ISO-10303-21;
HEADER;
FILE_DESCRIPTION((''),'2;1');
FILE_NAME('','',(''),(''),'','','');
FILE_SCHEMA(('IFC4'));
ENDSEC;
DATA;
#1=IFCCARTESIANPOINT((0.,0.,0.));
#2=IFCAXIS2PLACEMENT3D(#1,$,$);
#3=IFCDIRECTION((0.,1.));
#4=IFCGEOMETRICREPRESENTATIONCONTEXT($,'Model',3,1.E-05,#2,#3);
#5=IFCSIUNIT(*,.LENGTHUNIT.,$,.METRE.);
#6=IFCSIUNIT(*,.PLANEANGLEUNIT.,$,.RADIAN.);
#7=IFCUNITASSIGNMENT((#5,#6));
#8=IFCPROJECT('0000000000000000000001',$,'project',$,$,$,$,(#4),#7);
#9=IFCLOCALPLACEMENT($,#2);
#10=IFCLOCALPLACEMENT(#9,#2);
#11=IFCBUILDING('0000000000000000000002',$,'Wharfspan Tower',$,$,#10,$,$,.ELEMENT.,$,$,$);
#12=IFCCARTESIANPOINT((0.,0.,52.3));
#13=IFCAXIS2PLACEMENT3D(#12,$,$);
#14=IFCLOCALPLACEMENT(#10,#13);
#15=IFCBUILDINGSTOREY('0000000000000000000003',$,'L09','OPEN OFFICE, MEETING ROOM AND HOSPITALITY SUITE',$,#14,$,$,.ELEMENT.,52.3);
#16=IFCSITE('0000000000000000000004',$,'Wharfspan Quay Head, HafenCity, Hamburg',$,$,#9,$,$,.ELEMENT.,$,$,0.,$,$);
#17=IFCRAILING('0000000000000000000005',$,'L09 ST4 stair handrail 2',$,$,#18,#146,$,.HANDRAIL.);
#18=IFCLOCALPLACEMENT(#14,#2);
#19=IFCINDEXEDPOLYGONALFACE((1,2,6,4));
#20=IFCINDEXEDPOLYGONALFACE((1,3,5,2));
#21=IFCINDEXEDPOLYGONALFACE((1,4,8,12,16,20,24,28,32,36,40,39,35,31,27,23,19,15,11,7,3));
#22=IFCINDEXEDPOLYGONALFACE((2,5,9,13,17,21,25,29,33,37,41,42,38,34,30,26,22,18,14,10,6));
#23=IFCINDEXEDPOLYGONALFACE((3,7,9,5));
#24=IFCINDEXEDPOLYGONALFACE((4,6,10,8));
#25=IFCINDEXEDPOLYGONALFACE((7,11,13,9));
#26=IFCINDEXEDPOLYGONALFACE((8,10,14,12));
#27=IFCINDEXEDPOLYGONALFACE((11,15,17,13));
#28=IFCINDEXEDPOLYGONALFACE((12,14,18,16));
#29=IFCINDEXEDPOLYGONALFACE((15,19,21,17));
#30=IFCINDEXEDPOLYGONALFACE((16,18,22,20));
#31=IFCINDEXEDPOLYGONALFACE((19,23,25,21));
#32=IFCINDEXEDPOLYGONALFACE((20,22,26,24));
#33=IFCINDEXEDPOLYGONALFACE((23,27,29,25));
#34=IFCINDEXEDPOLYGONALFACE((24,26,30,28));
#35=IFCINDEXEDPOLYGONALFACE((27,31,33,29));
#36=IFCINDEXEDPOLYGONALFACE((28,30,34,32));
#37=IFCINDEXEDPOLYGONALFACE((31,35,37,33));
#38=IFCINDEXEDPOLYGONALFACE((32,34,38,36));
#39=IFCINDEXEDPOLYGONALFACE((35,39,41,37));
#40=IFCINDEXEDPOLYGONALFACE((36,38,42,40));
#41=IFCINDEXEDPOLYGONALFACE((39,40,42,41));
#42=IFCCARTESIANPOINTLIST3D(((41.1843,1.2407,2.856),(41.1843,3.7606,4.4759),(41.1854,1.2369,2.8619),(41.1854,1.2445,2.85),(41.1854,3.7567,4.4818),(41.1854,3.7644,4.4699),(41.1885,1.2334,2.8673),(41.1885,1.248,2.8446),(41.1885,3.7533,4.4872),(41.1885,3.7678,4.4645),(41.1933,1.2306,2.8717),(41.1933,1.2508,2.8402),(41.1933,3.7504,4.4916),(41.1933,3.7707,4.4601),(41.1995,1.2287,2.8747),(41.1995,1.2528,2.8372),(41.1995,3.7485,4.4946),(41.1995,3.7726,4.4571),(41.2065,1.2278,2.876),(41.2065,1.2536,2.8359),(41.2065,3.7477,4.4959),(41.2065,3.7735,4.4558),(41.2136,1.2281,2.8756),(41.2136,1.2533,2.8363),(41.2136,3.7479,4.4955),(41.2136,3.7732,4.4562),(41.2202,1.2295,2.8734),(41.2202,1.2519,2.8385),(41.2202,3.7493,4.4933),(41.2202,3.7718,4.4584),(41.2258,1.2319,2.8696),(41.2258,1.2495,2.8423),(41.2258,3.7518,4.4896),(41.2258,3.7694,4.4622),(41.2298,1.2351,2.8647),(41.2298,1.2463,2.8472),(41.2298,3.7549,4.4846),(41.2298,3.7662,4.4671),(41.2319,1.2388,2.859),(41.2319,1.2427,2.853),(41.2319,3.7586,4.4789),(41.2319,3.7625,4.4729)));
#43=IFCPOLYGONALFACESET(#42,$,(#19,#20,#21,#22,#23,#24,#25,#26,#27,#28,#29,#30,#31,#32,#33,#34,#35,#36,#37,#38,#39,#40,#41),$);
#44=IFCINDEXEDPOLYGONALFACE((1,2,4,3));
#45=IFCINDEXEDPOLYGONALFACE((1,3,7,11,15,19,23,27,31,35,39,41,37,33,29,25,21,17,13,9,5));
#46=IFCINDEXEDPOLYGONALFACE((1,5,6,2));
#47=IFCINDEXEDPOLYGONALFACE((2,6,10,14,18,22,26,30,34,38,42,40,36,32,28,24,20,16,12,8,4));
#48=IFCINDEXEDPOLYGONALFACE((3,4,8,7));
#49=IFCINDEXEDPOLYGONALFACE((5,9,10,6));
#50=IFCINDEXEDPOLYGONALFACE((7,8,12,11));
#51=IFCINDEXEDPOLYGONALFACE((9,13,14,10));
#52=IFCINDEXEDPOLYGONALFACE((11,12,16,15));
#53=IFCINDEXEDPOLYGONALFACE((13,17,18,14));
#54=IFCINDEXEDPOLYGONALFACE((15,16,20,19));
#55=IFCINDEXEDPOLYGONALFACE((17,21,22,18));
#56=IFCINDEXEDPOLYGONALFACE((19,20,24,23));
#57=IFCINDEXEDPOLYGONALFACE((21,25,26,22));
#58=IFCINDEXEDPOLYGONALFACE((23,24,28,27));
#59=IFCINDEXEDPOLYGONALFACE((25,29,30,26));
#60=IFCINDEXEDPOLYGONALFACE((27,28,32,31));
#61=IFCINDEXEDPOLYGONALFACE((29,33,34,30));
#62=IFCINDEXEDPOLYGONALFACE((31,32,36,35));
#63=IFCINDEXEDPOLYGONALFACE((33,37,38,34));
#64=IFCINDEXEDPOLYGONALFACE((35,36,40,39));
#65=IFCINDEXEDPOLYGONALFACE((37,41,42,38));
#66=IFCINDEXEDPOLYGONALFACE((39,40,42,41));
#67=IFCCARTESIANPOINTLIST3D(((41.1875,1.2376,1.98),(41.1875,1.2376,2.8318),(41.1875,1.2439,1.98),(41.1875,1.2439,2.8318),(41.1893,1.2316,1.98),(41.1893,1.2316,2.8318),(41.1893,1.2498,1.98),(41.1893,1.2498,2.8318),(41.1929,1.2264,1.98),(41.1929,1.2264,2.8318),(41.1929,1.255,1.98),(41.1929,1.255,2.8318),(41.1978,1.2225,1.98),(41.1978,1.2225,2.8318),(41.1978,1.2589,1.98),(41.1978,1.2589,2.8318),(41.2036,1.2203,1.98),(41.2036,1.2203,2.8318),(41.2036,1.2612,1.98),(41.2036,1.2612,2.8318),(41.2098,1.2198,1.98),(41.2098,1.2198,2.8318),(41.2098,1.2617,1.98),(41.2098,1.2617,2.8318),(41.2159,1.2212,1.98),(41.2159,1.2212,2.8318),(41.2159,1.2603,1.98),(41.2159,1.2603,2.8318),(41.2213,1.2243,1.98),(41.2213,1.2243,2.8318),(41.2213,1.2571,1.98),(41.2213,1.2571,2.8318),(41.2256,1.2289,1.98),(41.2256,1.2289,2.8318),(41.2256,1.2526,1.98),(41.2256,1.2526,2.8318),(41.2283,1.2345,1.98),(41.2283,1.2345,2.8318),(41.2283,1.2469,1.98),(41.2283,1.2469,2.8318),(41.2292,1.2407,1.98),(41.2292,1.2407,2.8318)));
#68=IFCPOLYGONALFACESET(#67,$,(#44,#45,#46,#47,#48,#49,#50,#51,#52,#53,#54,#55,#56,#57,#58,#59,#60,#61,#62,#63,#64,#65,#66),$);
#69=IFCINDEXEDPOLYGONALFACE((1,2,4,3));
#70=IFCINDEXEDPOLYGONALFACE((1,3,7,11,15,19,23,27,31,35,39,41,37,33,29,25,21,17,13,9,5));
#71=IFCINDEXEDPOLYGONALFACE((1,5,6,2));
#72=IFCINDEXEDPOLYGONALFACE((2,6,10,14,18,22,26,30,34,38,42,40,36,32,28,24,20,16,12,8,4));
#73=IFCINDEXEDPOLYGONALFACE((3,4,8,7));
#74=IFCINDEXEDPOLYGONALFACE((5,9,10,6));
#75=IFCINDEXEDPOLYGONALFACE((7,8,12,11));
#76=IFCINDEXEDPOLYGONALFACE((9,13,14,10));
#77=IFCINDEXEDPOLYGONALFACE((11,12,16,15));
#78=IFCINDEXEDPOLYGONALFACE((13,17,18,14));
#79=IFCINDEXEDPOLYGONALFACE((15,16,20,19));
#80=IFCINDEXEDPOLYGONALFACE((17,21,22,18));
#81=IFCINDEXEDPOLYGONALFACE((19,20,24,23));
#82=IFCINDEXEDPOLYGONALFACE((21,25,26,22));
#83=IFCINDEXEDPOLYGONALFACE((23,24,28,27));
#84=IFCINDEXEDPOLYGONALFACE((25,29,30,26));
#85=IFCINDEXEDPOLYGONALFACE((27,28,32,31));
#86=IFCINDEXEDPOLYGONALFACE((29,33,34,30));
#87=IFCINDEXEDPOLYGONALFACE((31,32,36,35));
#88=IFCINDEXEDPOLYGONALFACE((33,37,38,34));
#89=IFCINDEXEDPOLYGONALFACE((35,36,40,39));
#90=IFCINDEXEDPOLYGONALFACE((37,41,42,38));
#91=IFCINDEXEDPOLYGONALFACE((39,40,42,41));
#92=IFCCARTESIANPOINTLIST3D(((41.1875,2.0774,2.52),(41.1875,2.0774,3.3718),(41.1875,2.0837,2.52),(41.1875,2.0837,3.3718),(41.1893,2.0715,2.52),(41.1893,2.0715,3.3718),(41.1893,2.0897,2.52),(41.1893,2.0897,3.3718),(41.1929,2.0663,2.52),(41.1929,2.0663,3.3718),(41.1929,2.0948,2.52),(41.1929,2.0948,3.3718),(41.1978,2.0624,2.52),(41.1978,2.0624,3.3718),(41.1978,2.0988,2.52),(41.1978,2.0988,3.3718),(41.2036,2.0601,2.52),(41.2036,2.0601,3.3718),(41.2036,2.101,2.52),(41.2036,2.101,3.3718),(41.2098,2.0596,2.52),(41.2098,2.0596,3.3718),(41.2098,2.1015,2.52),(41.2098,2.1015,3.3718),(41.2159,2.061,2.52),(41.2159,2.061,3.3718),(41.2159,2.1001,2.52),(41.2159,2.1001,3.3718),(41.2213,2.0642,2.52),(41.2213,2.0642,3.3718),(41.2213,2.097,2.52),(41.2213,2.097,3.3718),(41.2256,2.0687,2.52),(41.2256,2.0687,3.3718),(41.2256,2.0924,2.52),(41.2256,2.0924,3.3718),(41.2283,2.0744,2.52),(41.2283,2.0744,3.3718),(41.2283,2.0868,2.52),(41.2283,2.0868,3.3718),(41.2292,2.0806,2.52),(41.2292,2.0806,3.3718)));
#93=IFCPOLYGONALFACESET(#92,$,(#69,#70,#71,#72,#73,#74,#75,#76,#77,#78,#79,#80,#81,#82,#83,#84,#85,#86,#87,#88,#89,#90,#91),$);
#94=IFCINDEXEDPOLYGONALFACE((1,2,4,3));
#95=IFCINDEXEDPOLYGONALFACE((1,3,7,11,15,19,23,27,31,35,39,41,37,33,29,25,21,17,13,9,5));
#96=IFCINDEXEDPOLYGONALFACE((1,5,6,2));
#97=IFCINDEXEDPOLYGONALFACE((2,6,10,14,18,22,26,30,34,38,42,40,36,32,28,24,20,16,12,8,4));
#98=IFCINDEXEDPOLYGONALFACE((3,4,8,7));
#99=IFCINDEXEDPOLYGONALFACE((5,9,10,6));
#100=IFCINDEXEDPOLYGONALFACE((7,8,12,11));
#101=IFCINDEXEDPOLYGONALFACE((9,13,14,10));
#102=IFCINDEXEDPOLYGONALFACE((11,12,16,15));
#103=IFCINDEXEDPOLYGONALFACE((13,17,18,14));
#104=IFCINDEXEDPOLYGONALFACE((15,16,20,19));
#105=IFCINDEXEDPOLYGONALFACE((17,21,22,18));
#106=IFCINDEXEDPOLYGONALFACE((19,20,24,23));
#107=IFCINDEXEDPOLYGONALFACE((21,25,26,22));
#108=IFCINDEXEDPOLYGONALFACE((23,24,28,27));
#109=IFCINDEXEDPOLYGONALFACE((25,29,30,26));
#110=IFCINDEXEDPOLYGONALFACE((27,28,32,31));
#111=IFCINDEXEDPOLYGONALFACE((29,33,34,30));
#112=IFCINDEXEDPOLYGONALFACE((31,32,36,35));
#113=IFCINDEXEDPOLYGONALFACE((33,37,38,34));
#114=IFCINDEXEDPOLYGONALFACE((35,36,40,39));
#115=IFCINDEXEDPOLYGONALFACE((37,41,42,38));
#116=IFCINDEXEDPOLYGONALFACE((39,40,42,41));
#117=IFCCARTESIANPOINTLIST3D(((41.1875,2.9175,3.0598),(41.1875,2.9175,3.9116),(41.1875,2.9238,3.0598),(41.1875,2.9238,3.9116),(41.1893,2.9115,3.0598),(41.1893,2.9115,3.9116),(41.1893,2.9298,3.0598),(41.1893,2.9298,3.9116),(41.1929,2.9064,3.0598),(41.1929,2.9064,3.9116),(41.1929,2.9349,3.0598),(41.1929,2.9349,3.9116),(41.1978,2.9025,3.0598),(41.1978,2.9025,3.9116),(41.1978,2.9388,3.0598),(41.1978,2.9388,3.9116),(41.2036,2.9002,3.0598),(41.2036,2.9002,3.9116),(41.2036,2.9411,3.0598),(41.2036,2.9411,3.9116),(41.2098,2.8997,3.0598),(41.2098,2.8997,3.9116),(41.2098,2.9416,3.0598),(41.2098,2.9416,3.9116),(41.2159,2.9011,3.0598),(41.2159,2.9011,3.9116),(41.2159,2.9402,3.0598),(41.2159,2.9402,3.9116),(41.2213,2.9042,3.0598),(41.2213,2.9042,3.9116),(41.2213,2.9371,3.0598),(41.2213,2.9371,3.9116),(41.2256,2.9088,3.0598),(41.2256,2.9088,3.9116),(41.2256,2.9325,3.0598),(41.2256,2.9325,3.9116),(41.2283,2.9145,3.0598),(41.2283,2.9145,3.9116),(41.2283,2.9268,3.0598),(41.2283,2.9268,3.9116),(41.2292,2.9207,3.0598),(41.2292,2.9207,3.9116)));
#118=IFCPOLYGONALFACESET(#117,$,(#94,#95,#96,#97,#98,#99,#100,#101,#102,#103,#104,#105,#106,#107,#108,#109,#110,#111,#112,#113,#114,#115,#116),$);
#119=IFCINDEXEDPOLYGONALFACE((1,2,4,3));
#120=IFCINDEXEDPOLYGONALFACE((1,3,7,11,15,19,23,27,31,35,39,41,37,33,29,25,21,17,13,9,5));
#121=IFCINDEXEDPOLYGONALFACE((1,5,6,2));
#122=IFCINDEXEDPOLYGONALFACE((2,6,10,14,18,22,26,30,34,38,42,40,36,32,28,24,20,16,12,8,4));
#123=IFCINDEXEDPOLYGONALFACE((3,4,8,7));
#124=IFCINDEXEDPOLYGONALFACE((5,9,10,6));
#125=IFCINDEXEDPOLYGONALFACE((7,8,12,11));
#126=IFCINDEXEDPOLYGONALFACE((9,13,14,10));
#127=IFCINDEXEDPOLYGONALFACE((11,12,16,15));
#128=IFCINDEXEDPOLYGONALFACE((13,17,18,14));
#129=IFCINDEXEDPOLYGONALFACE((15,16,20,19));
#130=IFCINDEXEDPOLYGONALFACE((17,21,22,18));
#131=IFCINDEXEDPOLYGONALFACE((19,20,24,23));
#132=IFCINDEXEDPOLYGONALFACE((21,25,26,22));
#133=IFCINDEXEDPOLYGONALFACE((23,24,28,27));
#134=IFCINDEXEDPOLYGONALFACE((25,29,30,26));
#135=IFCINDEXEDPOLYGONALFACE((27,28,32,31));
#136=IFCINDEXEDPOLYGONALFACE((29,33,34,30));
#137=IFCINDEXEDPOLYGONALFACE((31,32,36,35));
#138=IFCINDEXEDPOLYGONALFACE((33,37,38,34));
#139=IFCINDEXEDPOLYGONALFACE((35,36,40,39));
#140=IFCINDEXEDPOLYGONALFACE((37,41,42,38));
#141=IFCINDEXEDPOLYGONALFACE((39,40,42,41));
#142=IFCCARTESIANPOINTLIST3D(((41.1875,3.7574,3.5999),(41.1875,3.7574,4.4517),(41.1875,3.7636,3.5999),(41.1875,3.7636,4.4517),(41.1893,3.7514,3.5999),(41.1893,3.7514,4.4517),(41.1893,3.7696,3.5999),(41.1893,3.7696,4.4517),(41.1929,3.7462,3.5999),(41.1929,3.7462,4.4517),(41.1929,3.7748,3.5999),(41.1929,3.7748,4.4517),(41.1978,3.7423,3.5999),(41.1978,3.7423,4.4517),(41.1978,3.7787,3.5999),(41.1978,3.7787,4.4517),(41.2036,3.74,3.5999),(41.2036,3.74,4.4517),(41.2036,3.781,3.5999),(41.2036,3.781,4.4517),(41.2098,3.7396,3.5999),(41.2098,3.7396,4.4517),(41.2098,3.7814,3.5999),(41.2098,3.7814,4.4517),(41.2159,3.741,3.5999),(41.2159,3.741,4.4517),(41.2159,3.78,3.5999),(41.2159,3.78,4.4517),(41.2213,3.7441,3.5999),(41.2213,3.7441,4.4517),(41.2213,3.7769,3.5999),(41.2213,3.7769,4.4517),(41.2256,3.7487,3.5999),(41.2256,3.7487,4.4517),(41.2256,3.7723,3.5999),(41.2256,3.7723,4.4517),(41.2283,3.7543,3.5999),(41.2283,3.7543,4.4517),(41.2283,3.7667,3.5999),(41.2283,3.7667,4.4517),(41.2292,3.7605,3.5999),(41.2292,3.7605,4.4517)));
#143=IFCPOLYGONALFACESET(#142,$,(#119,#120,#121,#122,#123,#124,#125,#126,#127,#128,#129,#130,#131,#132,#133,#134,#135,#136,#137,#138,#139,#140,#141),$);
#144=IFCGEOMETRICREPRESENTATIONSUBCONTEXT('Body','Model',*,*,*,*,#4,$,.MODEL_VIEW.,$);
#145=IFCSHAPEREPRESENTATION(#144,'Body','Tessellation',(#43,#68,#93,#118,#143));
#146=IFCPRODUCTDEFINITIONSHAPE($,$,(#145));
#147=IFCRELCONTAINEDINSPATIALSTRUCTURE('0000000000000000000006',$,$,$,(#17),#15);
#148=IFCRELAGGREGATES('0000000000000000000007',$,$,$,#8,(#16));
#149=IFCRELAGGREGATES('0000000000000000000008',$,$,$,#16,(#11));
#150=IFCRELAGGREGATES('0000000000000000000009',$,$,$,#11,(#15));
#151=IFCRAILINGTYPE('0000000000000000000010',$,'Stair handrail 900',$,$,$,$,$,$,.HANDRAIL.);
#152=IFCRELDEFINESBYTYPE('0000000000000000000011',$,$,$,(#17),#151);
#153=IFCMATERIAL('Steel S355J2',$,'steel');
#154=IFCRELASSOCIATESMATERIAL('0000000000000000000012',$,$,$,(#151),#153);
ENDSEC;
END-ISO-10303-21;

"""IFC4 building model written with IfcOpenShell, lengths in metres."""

from ifc_helpers import new_model, si_unit, direction, frame, origin, origin_2d, place, context, subcontext, project, spatial, circle, extrude, material, type_object, element, save


model = new_model("IFC4")

# Units and contexts
model_context = context("Model", 3, precision=1e-05, world=origin(), true_north=direction((0.0, 1.0)))
body_context = subcontext(model_context, "Body", "Model", "MODEL_VIEW")
ifc_project = project(units=[si_unit("LENGTHUNIT", "METRE"), si_unit("PLANEANGLEUNIT", "RADIAN")], contexts=[model_context])

# Site, building, storey
site_placement = place(None, origin())
site = spatial("IfcSite", under=ifc_project, at=site_placement, Name="Wharfspan Quay Head, HafenCity, Hamburg", CompositionType="ELEMENT", RefElevation=0.0)
building_placement = place(site_placement, origin())
building = spatial("IfcBuilding", under=site, at=building_placement, Name="Wharfspan Tower", CompositionType="ELEMENT")
storey_placement = place(building_placement, frame((0.0, 0.0, 52.3)))
storey = spatial("IfcBuildingStorey", under=building, at=storey_placement, Name="L09", Description="OPEN OFFICE, MEETING ROOM AND HOSPITALITY SUITE", CompositionType="ELEMENT", Elevation=52.3)

# Shared definitions
ifc_material_1 = material(Name="Steel S355J2", Category="steel")

# Railing
railing_type = type_object("IfcRailingType", Name="Stair handrail 900", PredefinedType="HANDRAIL", material=ifc_material_1)
railing_placement = place(storey_placement, frame((41.2083, 1.2407, 1.98)))
element("IfcRailing", 1, at=railing_placement, inside=storey, type_object=railing_type, Name="L09 ST4 stair handrail 2", PredefinedType="HANDRAIL", context=body_context, shape_type="SweptSolid", body=[
    extrude(circle(Radius=0.0239, at=origin_2d()), frame((0.0, 0.0, 0.876), z_axis=(0.0, 0.841176, 0.540762), x_axis=(-1.0, 0.0, 0.0)), (0.0, 0.0, 1.0), 2.9956),
    extrude(circle(Radius=0.021, at=origin_2d()), origin(), (0.0, 0.0, 1.0), 0.8518),
    extrude(circle(Radius=0.021, at=origin_2d()), frame((0.0, 0.8398, 0.54)), (0.0, 0.0, 1.0), 0.8518),
    extrude(circle(Radius=0.021, at=origin_2d()), frame((0.0, 1.6799, 1.0798)), (0.0, 0.0, 1.0), 0.8518),
    extrude(circle(Radius=0.021, at=origin_2d()), frame((0.0, 2.5198, 1.6199)), (0.0, 0.0, 1.0), 0.8518),
])

save(model, "model.ifc")
